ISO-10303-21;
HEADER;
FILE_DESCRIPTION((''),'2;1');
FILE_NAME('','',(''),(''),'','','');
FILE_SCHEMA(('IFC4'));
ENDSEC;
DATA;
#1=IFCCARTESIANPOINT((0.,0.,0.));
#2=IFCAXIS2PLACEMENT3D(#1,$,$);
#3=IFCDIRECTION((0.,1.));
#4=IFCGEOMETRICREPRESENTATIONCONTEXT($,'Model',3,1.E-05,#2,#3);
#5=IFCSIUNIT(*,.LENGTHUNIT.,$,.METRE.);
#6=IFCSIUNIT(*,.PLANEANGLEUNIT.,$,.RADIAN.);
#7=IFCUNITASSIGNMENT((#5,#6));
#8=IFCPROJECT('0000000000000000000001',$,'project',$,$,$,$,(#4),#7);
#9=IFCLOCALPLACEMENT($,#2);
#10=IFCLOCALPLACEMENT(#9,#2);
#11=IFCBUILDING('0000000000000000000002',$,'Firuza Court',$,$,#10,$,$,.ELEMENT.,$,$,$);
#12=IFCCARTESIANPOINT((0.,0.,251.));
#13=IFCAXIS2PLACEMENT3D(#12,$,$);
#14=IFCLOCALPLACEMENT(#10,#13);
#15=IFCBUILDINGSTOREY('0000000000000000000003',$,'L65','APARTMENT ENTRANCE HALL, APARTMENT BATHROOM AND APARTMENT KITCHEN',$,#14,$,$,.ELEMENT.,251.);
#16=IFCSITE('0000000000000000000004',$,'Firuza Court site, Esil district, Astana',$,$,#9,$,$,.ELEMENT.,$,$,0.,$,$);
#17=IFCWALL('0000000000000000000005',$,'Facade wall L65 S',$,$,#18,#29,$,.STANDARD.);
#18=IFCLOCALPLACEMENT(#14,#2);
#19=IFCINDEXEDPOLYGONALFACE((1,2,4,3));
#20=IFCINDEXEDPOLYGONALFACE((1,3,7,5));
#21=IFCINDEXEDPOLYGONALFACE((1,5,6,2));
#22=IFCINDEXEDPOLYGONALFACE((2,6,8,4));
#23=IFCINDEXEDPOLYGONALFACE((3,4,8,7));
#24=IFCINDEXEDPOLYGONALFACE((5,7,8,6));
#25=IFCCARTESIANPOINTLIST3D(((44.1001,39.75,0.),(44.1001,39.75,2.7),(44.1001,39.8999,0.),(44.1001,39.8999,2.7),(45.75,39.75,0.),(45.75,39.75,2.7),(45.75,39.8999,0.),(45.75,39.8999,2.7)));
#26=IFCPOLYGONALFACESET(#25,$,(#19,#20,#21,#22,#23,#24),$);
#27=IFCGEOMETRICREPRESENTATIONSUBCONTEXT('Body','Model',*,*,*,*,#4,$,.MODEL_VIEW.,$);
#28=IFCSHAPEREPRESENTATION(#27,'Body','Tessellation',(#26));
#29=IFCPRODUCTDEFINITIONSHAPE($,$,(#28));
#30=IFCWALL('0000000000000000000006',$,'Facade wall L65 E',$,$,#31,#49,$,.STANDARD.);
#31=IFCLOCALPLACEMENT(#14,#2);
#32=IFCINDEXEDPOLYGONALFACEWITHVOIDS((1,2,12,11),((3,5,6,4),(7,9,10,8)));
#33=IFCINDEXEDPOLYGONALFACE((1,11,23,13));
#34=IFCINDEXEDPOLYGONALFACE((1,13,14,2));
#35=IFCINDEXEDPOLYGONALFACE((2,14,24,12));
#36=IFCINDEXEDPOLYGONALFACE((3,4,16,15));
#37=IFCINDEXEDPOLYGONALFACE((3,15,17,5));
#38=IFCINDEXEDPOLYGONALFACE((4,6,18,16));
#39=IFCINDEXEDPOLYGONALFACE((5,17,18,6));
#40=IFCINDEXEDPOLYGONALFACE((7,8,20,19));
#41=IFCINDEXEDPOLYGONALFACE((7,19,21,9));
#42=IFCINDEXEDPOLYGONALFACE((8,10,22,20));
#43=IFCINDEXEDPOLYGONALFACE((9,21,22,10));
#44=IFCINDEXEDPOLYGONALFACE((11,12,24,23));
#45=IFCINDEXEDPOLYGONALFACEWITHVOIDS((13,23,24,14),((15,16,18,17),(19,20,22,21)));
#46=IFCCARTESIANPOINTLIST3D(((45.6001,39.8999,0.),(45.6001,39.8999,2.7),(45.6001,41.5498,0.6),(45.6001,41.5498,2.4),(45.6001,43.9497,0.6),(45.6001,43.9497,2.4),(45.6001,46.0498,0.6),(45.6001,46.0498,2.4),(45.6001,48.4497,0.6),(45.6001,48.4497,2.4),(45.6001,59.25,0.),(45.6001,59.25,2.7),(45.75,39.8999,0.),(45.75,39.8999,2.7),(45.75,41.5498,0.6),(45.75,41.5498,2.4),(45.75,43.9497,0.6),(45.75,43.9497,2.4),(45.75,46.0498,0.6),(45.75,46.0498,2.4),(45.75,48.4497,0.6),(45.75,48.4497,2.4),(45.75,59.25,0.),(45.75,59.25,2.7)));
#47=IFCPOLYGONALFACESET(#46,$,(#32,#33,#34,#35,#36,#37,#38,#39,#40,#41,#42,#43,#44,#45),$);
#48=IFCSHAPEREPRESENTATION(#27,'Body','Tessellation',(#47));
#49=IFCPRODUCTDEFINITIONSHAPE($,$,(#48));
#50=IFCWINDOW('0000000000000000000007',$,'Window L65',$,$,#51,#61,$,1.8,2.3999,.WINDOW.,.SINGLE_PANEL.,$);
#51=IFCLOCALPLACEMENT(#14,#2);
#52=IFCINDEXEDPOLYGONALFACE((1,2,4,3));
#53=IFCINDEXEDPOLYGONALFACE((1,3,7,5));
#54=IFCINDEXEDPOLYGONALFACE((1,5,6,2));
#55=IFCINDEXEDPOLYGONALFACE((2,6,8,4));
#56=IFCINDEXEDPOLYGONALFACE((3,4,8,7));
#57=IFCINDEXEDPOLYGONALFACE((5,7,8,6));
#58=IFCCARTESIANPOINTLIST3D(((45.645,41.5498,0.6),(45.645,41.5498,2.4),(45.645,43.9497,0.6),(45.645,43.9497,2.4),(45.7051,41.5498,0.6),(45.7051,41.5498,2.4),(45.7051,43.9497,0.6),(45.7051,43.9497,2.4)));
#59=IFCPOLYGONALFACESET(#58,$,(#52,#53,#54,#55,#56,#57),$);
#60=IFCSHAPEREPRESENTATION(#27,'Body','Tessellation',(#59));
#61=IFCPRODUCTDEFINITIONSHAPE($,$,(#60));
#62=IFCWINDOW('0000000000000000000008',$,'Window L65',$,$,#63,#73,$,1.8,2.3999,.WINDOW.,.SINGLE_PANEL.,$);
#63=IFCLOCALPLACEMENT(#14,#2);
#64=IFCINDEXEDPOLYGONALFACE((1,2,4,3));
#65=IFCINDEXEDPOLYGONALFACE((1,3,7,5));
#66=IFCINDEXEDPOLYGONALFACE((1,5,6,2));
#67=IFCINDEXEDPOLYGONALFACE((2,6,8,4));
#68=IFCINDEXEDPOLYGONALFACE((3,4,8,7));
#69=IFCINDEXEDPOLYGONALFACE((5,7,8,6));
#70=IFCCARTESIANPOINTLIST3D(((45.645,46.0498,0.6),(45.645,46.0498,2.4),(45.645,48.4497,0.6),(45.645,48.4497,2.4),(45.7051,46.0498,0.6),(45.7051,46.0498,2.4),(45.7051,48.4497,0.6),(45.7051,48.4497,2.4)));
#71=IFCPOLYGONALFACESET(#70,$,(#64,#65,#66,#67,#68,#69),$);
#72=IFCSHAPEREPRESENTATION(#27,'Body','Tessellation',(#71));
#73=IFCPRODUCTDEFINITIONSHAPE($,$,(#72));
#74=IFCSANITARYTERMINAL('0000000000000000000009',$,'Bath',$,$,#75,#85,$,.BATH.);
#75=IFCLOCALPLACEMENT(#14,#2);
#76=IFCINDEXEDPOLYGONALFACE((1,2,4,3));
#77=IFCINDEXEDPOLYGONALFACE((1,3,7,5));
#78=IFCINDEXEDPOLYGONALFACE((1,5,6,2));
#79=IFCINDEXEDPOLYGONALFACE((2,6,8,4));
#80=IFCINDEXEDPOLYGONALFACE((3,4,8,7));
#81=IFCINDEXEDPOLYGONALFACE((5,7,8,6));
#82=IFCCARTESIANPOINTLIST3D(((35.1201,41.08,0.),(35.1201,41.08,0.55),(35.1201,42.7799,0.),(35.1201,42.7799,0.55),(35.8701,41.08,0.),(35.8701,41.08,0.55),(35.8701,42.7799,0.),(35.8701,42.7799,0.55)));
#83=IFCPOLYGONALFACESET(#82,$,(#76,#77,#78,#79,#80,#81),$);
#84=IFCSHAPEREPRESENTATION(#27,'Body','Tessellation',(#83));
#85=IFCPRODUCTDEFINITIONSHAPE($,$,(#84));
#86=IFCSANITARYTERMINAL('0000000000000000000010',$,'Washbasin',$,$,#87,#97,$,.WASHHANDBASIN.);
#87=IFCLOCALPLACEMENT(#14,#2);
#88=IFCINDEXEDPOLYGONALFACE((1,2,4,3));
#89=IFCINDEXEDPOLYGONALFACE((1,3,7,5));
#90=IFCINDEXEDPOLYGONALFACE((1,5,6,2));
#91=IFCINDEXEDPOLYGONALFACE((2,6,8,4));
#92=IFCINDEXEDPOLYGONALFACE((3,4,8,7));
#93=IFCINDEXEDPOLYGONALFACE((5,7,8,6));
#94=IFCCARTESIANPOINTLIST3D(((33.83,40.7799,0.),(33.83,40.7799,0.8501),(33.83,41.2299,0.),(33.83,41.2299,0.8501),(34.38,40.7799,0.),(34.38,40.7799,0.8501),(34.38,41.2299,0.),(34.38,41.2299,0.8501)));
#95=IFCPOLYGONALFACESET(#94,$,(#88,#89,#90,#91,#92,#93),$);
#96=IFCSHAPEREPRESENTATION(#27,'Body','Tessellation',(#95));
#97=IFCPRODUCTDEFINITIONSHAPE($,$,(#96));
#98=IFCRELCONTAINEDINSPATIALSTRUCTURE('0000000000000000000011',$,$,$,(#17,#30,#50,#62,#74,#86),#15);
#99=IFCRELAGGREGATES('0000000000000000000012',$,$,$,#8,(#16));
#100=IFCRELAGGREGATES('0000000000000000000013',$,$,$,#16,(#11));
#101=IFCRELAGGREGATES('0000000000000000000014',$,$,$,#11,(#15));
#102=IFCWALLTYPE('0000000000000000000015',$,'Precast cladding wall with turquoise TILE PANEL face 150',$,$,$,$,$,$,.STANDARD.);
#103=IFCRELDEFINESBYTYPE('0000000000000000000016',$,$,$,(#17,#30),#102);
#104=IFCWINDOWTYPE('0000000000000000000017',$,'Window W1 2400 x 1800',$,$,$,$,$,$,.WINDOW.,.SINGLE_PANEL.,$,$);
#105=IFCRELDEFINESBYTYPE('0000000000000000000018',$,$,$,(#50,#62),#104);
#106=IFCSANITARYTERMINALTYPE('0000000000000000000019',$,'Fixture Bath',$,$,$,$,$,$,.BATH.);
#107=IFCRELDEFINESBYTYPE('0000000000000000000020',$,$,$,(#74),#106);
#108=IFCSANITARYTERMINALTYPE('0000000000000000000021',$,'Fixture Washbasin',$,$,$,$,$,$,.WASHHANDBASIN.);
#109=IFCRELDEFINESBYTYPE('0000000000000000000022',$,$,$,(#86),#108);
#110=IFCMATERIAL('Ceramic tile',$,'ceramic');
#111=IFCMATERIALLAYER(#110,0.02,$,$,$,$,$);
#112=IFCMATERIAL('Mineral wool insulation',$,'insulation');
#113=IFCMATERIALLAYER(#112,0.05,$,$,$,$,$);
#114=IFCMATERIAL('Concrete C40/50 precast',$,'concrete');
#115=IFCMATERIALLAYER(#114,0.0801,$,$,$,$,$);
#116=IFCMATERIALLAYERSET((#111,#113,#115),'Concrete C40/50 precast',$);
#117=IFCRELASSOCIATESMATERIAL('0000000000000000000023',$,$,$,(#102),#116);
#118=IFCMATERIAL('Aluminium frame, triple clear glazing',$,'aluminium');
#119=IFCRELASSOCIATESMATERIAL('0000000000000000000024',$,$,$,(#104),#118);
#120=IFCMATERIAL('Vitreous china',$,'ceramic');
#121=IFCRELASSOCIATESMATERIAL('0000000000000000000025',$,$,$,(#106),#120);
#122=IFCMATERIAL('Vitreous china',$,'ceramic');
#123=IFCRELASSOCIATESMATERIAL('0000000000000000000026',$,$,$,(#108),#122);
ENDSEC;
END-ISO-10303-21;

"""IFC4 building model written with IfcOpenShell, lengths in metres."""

from ifc_helpers import new_model, si_unit, direction, frame, frame_2d, origin, origin_2d, place, context, subcontext, project, spatial, rectangle, extrude, material, layer, layer_set, type_object, element, fill, save


model = new_model("IFC4")

# Units and contexts
model_context = context("Model", 3, precision=1e-05, world=origin(), true_north=direction((0.0, 1.0)))
body_context = subcontext(model_context, "Body", "Model", "MODEL_VIEW")
ifc_project = project(units=[si_unit("LENGTHUNIT", "METRE"), si_unit("PLANEANGLEUNIT", "RADIAN")], contexts=[model_context])

# Site, building, storey
site_placement = place(None, origin())
site = spatial("IfcSite", under=ifc_project, at=site_placement, Name="Firuza Court site, Esil district, Astana", CompositionType="ELEMENT", RefElevation=0.0)
building_placement = place(site_placement, origin())
building = spatial("IfcBuilding", under=site, at=building_placement, Name="Firuza Court", CompositionType="ELEMENT")
storey_placement = place(building_placement, frame((0.0, 0.0, 251.0)))
storey = spatial("IfcBuildingStorey", under=building, at=storey_placement, Name="L65", Description="APARTMENT ENTRANCE HALL, APARTMENT BATHROOM AND APARTMENT KITCHEN", CompositionType="ELEMENT", Elevation=251.0)

# Wall
ifc_material_1 = material(Name="Ceramic tile", Category="ceramic")
ifc_layer_1 = layer(ifc_material_1, 0.02)
ifc_material_2 = material(Name="Mineral wool insulation", Category="insulation")
ifc_layer_2 = layer(ifc_material_2, 0.05)
ifc_material_3 = material(Name="Concrete C40/50 precast", Category="concrete")
ifc_layer_3 = layer(ifc_material_3, 0.0801)
ifc_layer_set_1 = layer_set([ifc_layer_1, ifc_layer_2, ifc_layer_3], Name="Concrete C40/50 precast")
wall_type_1 = type_object("IfcWallType", Name="Precast cladding wall with turquoise TILE PANEL face 150", PredefinedType="STANDARD", material=ifc_layer_set_1)
wall_1_placement = place(storey_placement, frame((44.1001, 39.825, 0.0), z_axis=(0.0, 0.0, 1.0), x_axis=(1.0, 0.0, 0.0)))
element("IfcWall", 1, at=wall_1_placement, inside=storey, type_object=wall_type_1, Name="Facade wall L65 S", PredefinedType="STANDARD", context=body_context, shape_type="SweptSolid", body=[
    extrude(rectangle(XDim=1.6499, YDim=0.1499, at=frame_2d((0.825, 0.0))), origin(), (0.0, 0.0, 1.0), 2.7),
])

# Wall, openings, windows
wall_2_placement = place(storey_placement, frame((45.675, 39.8999, 0.0), z_axis=(0.0, 0.0, 1.0), x_axis=(0.0, 1.0, 0.0)))
wall_2 = element("IfcWall", 2, at=wall_2_placement, inside=storey, type_object=wall_type_1, Name="Facade wall L65 E", PredefinedType="STANDARD", context=body_context, shape_type="SweptSolid", body=[
    extrude(rectangle(XDim=19.3501, YDim=0.1499, at=frame_2d((9.675, 0.0))), origin(), (0.0, 0.0, 1.0), 2.7),
])
opening_1_placement = place(wall_2_placement, frame((1.6499, 0.0, 0.6001)))
opening_1 = element("IfcOpeningElement", 3, at=opening_1_placement, cuts=wall_2, PredefinedType="OPENING", context=body_context, shape_type="SweptSolid", body=[
    extrude(rectangle(XDim=2.3999, YDim=1.8, at=frame_2d((1.2, 0.8999))), frame((0.0, 0.0869, 0.0), z_axis=(0.0, -1.0, 0.0), x_axis=(1.0, 0.0, 0.0)), (0.0, 0.0, 1.0), 0.1738),
])
opening_2_placement = place(wall_2_placement, frame((6.1499, 0.0, 0.6001)))
opening_2 = element("IfcOpeningElement", 4, at=opening_2_placement, cuts=wall_2, PredefinedType="OPENING", context=body_context, shape_type="SweptSolid", body=[
    extrude(rectangle(XDim=2.3999, YDim=1.8, at=frame_2d((1.2, 0.8999))), frame((0.0, 0.0869, 0.0), z_axis=(0.0, -1.0, 0.0), x_axis=(1.0, 0.0, 0.0)), (0.0, 0.0, 1.0), 0.1738),
])
ifc_material_4 = material(Name="Aluminium frame, triple clear glazing", Category="aluminium")
window_type = type_object("IfcWindowType", Name="Window W1 2400 x 1800", PartitioningType="SINGLE_PANEL", PredefinedType="WINDOW", material=ifc_material_4)
window_1_placement = place(opening_1_placement, origin())
window_1 = element("IfcWindow", 5, at=window_1_placement, inside=storey, type_object=window_type, Name="Window L65", OverallHeight=1.8, OverallWidth=2.3999, PartitioningType="SINGLE_PANEL", PredefinedType="WINDOW", context=body_context, shape_type="SweptSolid", body=[
    extrude(rectangle(XDim=2.3999, YDim=1.8, at=frame_2d((1.2, 0.8999))), frame((0.0, 0.03, 0.0), z_axis=(0.0, -1.0, 0.0), x_axis=(1.0, 0.0, 0.0)), (0.0, 0.0, 1.0), 0.0601),
])
fill(opening_1, window_1)
window_2_placement = place(opening_2_placement, origin())
window_2 = element("IfcWindow", 6, at=window_2_placement, inside=storey, type_object=window_type, Name="Window L65", OverallHeight=1.8, OverallWidth=2.3999, PartitioningType="SINGLE_PANEL", PredefinedType="WINDOW", context=body_context, shape_type="SweptSolid", body=[
    extrude(rectangle(XDim=2.3999, YDim=1.8, at=frame_2d((1.2, 0.8999))), frame((0.0, 0.03, 0.0), z_axis=(0.0, -1.0, 0.0), x_axis=(1.0, 0.0, 0.0)), (0.0, 0.0, 1.0), 0.0601),
])
fill(opening_2, window_2)

# Sanitary terminals
ifc_material_5 = material(Name="Vitreous china", Category="ceramic")
sanitary_terminal_type_1 = type_object("IfcSanitaryTerminalType", Name="Fixture Bath", PredefinedType="BATH", material=ifc_material_5)
sanitary_terminal_1_placement = place(storey_placement, frame((35.4951, 41.9299, 0.0), z_axis=(0.0, 0.0, 1.0), x_axis=(1.0, 0.0, 0.0)))
element("IfcSanitaryTerminal", 7, at=sanitary_terminal_1_placement, inside=storey, type_object=sanitary_terminal_type_1, Name="Bath", PredefinedType="BATH", context=body_context, shape_type="SweptSolid", body=[
    extrude(rectangle(XDim=0.75, YDim=1.7, at=origin_2d()), origin(), (0.0, 0.0, 1.0), 0.55),
])
ifc_material_6 = material(Name="Vitreous china", Category="ceramic")
sanitary_terminal_type_2 = type_object("IfcSanitaryTerminalType", Name="Fixture Washbasin", PredefinedType="WASHHANDBASIN", material=ifc_material_6)
sanitary_terminal_2_placement = place(storey_placement, frame((34.105, 41.0049, 0.0), z_axis=(0.0, 0.0, 1.0), x_axis=(1.0, 0.0, 0.0)))
element("IfcSanitaryTerminal", 8, at=sanitary_terminal_2_placement, inside=storey, type_object=sanitary_terminal_type_2, Name="Washbasin", PredefinedType="WASHHANDBASIN", context=body_context, shape_type="SweptSolid", body=[
    extrude(rectangle(XDim=0.55, YDim=0.45, at=origin_2d()), origin(), (0.0, 0.0, 1.0), 0.8501),
])

save(model, "model.ifc")
